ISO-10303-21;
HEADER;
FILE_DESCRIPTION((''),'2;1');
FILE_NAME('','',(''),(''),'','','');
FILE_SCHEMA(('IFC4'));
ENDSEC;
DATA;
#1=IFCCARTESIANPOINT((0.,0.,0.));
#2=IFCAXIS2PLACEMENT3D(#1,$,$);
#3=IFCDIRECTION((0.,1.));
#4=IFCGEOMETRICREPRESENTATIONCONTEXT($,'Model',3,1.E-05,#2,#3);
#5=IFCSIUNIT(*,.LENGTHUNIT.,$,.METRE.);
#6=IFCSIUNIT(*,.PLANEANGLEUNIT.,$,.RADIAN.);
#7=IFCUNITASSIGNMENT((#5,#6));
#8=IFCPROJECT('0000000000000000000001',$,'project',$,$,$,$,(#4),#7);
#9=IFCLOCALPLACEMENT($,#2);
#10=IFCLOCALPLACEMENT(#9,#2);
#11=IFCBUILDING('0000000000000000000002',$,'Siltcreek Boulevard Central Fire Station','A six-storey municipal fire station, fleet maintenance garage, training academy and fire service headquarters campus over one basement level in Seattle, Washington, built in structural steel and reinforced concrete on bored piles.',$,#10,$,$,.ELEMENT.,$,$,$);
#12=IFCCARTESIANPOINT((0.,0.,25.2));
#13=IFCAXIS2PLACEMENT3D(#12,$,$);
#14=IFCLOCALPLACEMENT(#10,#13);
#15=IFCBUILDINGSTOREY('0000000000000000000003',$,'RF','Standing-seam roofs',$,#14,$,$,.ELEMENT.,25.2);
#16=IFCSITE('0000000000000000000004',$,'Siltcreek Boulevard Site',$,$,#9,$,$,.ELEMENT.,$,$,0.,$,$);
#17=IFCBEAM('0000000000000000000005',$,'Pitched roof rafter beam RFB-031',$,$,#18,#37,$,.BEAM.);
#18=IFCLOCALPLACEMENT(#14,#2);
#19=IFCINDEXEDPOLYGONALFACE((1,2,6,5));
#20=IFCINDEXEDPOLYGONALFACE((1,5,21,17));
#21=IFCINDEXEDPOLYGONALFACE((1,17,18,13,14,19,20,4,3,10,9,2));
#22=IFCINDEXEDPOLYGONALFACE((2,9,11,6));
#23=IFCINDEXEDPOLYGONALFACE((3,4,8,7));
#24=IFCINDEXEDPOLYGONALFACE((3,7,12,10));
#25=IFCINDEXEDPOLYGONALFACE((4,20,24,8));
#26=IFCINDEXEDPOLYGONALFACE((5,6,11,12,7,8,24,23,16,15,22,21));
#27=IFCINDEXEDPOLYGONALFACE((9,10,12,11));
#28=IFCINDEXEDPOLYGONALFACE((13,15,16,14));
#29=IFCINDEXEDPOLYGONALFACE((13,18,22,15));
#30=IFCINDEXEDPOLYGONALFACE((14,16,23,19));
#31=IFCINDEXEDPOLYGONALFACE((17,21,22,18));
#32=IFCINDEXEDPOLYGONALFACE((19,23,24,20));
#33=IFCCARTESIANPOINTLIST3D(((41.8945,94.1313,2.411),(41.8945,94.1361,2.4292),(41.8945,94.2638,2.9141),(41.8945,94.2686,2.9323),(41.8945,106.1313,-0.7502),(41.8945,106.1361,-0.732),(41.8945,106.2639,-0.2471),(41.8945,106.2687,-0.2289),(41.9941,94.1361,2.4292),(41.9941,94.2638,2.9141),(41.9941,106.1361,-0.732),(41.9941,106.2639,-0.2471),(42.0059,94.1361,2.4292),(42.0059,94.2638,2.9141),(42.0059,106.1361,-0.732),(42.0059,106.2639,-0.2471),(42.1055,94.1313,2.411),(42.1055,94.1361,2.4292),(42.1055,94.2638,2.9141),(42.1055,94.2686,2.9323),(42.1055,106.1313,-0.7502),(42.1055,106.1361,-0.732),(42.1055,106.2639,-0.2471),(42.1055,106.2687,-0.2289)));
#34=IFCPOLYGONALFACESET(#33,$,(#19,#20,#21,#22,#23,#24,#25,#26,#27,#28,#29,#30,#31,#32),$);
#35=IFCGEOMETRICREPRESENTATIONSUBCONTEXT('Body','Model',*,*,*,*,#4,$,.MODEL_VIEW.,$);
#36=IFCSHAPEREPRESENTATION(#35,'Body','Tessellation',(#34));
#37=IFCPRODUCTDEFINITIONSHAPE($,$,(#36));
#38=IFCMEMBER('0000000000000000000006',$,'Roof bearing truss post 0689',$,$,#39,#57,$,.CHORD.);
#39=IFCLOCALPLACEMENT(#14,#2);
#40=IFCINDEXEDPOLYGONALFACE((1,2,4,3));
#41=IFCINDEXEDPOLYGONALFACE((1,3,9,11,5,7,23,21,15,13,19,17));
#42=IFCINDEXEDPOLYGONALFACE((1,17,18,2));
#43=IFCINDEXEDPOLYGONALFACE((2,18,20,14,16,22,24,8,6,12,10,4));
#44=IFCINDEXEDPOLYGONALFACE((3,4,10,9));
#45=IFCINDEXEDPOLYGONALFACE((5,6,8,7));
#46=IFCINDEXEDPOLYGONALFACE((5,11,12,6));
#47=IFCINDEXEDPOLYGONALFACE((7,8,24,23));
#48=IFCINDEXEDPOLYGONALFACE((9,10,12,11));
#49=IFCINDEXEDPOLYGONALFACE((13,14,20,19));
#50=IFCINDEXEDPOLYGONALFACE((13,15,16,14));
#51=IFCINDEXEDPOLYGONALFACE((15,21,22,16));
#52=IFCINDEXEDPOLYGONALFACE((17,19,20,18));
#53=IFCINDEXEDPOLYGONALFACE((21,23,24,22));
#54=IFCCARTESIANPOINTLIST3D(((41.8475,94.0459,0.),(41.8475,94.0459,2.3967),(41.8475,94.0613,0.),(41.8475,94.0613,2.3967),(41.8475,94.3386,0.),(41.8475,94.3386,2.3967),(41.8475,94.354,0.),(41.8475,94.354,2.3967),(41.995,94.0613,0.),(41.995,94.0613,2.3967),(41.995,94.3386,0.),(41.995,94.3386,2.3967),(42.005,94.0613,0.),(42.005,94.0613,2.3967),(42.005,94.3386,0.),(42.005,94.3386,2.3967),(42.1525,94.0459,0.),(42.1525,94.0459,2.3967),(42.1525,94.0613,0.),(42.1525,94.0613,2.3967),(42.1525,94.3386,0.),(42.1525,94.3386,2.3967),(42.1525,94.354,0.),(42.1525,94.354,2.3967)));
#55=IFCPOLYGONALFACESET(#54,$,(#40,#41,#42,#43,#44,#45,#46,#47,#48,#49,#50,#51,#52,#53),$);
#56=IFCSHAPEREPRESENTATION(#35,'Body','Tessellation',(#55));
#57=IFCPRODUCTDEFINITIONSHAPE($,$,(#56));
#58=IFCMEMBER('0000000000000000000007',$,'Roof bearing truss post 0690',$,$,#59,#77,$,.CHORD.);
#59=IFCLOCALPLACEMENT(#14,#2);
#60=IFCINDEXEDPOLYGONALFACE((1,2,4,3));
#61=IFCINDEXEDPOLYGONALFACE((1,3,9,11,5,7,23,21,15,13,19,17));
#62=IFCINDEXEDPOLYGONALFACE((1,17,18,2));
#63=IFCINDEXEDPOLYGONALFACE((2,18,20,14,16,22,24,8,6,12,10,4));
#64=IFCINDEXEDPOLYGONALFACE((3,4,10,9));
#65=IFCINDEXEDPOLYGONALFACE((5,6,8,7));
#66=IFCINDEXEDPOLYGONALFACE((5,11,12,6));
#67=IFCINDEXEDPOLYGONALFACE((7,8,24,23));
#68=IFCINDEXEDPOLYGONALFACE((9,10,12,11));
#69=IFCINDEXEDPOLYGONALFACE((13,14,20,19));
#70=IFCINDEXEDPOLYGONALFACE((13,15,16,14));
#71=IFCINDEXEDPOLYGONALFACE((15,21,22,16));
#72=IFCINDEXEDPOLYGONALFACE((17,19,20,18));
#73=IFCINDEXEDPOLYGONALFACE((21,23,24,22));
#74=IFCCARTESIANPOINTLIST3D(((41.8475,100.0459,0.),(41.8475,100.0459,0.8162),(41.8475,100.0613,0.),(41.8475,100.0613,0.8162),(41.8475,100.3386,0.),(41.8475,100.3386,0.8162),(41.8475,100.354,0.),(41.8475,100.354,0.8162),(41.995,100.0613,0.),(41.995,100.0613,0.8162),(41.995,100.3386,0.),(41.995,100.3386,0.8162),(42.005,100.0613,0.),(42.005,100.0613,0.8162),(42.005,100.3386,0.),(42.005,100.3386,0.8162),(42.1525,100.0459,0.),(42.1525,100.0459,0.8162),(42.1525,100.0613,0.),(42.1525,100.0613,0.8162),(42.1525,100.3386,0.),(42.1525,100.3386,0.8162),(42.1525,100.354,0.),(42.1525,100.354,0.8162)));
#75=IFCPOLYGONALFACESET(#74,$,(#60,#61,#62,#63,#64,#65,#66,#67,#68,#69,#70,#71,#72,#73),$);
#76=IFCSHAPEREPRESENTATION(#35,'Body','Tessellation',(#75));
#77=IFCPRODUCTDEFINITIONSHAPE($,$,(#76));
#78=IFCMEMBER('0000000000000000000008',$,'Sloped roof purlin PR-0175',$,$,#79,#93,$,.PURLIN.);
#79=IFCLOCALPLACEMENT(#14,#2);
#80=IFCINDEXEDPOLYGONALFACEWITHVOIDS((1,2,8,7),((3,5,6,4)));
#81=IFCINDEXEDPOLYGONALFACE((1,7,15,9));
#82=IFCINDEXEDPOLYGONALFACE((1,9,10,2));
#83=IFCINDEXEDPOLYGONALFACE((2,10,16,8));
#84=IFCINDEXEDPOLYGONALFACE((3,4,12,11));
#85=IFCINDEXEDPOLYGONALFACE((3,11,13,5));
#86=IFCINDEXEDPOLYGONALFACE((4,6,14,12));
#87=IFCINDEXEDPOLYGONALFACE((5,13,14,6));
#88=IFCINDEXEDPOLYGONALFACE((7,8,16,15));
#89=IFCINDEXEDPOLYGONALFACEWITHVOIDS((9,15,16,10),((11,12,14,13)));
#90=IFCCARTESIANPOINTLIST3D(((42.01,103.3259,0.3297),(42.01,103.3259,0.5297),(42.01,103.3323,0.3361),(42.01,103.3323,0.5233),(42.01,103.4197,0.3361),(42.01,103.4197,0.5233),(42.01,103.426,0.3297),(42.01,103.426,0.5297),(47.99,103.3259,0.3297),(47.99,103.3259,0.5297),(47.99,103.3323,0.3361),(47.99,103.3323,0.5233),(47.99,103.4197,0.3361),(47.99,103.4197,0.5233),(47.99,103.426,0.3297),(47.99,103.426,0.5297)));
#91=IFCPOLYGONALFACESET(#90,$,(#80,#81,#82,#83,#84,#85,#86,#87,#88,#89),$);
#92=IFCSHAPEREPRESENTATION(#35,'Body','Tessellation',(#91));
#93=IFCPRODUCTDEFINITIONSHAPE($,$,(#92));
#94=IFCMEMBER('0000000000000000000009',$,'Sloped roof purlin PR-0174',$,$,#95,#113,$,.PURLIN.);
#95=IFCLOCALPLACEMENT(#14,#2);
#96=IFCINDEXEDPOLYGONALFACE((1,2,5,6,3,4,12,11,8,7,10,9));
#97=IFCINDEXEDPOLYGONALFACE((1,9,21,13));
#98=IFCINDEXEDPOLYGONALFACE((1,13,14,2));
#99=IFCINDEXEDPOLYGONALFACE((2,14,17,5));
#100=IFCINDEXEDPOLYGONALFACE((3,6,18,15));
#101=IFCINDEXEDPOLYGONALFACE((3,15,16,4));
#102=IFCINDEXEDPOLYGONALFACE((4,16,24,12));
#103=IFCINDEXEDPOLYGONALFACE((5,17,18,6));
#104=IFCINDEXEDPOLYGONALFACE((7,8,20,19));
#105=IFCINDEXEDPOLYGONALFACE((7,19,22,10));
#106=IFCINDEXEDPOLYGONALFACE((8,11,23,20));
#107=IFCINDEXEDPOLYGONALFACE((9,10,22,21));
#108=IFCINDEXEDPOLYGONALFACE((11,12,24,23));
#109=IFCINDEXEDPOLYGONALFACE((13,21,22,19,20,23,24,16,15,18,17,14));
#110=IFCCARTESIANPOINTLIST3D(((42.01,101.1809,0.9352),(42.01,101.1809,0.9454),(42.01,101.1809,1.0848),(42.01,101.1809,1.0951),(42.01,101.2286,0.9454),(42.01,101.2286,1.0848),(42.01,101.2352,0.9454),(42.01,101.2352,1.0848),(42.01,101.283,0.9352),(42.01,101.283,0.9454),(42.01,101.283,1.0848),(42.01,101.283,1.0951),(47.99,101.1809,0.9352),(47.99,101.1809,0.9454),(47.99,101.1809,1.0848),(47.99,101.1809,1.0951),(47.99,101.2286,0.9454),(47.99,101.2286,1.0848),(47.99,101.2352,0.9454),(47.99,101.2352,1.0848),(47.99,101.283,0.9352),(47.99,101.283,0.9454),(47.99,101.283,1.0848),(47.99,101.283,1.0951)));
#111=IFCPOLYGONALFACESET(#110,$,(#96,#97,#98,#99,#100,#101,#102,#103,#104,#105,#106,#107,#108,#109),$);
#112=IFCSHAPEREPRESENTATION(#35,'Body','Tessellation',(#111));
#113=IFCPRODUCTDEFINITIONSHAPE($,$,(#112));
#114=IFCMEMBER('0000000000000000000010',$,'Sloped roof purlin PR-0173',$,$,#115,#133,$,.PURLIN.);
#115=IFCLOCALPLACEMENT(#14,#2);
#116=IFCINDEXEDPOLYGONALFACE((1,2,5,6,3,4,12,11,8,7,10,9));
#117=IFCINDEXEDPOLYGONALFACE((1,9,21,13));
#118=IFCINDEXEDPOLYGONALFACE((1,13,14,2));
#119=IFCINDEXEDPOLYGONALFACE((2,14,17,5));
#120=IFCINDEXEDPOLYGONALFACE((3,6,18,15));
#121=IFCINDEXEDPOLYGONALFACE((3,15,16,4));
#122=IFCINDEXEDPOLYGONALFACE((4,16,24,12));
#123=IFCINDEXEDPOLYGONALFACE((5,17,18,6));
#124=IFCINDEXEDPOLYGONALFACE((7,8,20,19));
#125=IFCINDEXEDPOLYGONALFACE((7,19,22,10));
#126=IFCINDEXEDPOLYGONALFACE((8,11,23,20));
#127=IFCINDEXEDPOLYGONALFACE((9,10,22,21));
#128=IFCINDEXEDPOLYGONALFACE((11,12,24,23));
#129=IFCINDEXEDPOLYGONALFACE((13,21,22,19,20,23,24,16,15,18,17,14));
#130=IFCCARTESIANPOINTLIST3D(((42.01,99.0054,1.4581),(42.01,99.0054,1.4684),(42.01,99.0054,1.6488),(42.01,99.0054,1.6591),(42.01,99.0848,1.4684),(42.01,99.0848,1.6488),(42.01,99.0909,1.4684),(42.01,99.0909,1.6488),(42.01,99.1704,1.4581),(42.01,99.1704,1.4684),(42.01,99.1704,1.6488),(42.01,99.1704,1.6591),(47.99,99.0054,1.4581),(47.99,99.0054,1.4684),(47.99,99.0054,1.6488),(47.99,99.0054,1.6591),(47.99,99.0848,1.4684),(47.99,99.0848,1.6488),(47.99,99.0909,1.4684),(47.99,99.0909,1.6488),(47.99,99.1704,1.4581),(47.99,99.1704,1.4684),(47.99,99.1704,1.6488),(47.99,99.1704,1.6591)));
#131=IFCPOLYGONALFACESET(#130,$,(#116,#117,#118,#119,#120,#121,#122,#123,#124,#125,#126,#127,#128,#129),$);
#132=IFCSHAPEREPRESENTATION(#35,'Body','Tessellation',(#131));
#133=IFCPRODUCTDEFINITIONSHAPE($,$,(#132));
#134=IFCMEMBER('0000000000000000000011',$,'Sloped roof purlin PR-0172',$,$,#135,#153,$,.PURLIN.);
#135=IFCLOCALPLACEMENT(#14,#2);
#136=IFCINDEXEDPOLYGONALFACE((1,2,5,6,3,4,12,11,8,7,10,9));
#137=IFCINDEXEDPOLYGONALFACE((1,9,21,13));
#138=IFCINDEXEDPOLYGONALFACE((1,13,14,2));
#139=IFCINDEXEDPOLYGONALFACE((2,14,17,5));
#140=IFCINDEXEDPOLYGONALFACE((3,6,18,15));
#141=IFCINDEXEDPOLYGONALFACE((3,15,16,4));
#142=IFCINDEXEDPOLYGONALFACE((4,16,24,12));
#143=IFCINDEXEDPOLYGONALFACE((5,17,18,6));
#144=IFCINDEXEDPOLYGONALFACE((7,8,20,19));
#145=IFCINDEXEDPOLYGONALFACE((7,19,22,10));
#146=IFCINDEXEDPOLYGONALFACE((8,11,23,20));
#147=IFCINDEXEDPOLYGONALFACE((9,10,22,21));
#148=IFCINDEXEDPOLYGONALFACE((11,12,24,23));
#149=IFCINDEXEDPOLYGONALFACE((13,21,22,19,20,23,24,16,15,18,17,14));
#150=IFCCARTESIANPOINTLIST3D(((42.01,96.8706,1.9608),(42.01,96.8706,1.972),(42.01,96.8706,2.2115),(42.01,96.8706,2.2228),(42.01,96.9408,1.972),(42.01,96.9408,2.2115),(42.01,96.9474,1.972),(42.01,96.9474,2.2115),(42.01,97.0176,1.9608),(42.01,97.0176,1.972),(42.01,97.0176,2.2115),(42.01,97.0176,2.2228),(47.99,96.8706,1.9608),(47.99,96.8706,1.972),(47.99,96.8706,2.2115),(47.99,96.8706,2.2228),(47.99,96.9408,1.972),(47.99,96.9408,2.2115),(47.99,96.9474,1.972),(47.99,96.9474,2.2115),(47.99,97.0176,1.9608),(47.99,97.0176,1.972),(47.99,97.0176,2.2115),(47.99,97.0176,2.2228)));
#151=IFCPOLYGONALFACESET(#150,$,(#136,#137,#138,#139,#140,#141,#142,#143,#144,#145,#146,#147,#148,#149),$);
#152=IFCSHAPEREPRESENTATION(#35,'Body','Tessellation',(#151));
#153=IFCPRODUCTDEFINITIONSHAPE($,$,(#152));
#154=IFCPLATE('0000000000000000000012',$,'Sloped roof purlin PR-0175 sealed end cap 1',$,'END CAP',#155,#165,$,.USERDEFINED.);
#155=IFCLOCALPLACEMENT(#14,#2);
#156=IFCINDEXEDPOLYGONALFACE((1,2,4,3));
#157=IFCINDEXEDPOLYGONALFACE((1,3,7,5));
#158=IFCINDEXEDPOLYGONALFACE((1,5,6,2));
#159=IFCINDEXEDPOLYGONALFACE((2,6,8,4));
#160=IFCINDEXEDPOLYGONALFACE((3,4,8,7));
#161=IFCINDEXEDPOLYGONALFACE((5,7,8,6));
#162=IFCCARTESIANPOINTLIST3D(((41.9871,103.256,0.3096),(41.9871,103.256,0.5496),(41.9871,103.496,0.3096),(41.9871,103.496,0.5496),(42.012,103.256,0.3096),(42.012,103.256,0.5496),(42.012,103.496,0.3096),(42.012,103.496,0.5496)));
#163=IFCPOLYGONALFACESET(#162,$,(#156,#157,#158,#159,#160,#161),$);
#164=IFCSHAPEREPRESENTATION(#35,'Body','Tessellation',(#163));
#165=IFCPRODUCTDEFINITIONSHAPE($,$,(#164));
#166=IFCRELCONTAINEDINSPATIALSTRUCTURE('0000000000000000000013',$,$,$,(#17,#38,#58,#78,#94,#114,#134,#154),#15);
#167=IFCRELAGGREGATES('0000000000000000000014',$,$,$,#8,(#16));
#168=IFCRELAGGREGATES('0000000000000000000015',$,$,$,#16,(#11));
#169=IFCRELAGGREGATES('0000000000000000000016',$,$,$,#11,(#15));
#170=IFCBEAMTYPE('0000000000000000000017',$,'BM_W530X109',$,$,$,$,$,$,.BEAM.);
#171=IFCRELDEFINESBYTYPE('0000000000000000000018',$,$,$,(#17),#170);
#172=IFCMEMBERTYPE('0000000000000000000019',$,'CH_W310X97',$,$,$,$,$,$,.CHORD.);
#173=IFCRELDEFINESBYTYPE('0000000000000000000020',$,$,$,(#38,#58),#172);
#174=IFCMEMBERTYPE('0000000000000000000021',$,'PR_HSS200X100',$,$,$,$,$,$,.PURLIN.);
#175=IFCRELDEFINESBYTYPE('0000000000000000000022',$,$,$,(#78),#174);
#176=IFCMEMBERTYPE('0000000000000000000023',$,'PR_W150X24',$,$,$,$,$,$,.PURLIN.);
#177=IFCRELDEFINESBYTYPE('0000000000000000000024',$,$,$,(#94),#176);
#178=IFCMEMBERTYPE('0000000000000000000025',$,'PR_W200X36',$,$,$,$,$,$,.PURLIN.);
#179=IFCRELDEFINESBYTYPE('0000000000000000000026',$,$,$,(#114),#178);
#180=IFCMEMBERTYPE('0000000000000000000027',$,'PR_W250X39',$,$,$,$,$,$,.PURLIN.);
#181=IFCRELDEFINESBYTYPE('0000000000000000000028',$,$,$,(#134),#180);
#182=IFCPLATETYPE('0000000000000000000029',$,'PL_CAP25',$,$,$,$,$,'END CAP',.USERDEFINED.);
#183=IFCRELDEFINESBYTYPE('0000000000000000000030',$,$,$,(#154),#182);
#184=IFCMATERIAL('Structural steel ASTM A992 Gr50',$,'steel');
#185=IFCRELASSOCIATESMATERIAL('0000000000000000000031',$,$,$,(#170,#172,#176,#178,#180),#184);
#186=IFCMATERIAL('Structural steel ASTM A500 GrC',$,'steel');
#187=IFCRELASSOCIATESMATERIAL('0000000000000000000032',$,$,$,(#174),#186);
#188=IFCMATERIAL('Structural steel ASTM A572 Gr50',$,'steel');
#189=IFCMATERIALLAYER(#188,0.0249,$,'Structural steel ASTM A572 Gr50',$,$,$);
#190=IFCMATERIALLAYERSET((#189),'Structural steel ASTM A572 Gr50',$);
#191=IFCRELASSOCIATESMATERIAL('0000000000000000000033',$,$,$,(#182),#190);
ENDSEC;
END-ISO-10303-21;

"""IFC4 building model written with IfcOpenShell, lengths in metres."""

from ifc_helpers import new_model, si_unit, direction, frame, origin, origin_2d, place, context, subcontext, project, spatial, rectangle, hollow_rectangle, i_section, extrude, material, layer, layer_set, material_profile, profile_set, type_object, element, save


model = new_model("IFC4")

# Units and contexts
model_context = context("Model", 3, precision=1e-05, world=origin(), true_north=direction((0.0, 1.0)))
body_context = subcontext(model_context, "Body", "Model", "MODEL_VIEW")
ifc_project = project(units=[si_unit("LENGTHUNIT", "METRE"), si_unit("PLANEANGLEUNIT", "RADIAN")], contexts=[model_context])

# Site, building, storey
site_placement = place(None, origin())
site = spatial("IfcSite", under=ifc_project, at=site_placement, Name="Siltcreek Boulevard Site", CompositionType="ELEMENT", RefElevation=0.0)
building_placement = place(site_placement, origin())
building = spatial("IfcBuilding", under=site, at=building_placement, Name="Siltcreek Boulevard Central Fire Station", Description="A six-storey municipal fire station, fleet maintenance garage, training academy and fire service headquarters campus over one basement level in Seattle, Washington, built in structural steel and reinforced concrete on bored piles.", CompositionType="ELEMENT")
storey_placement = place(building_placement, frame((0.0, 0.0, 25.2)))
storey = spatial("IfcBuildingStorey", under=building, at=storey_placement, Name="RF", Description="Standing-seam roofs", CompositionType="ELEMENT", Elevation=25.2)

# Beam
ifc_material_1 = material(Name="Structural steel ASTM A992 Gr50", Category="steel")
ifc_material_profile_1 = material_profile(ifc_material_1, i_section(OverallWidth=0.2109, OverallDepth=0.5391, WebThickness=0.0117, FlangeThickness=0.0188, at=origin_2d()), Name="W530X109")
ifc_profile_set_1 = profile_set([ifc_material_profile_1], Name="Structural steel ASTM A992 Gr50")
beam_type = type_object("IfcBeamType", Name="BM_W530X109", PredefinedType="BEAM", material=ifc_profile_set_1)
beam_placement = place(storey_placement, frame((42.0, 94.2, 2.6716), z_axis=(0.0, 0.96701, -0.254737), x_axis=(-1.0, 0.0, 0.0)))
element("IfcBeam", 1, at=beam_placement, inside=storey, type_object=beam_type, Name="Pitched roof rafter beam RFB-031", PredefinedType="BEAM", context=body_context, shape_type="SweptSolid", body=[
    extrude(i_section(OverallWidth=0.2109, OverallDepth=0.5391, WebThickness=0.0117, FlangeThickness=0.0188, at=origin_2d()), origin(), (0.0, 0.0, 1.0), 12.4094),
])

# Members
ifc_material_profile_2 = material_profile(ifc_material_1, i_section(OverallWidth=0.3049, OverallDepth=0.3081, WebThickness=0.01, FlangeThickness=0.0154, at=origin_2d()), Name="W310X97")
ifc_profile_set_2 = profile_set([ifc_material_profile_2], Name="Structural steel ASTM A992 Gr50")
member_type_1 = type_object("IfcMemberType", Name="CH_W310X97", PredefinedType="CHORD", material=ifc_profile_set_2)
member_1_placement = place(storey_placement, frame((42.0, 94.2, 0.0), z_axis=(0.0, 0.0, 1.0), x_axis=(1.0, 0.0, 0.0)))
element("IfcMember", 2, at=member_1_placement, inside=storey, type_object=member_type_1, Name="Roof bearing truss post 0689", PredefinedType="CHORD", context=body_context, shape_type="SweptSolid", body=[
    extrude(i_section(OverallWidth=0.3049, OverallDepth=0.3081, WebThickness=0.01, FlangeThickness=0.0154, at=origin_2d()), origin(), (0.0, 0.0, 1.0), 2.3967),
])
member_2_placement = place(storey_placement, frame((42.0, 100.2, 0.0), z_axis=(0.0, 0.0, 1.0), x_axis=(1.0, 0.0, 0.0)))
element("IfcMember", 3, at=member_2_placement, inside=storey, type_object=member_type_1, Name="Roof bearing truss post 0690", PredefinedType="CHORD", context=body_context, shape_type="SweptSolid", body=[
    extrude(i_section(OverallWidth=0.3049, OverallDepth=0.3081, WebThickness=0.01, FlangeThickness=0.0154, at=origin_2d()), origin(), (0.0, 0.0, 1.0), 0.8162),
])
ifc_material_2 = material(Name="Structural steel ASTM A500 GrC", Category="steel")
ifc_material_profile_3 = material_profile(ifc_material_2, hollow_rectangle(XDim=0.1001, YDim=0.2, WallThickness=0.0063, at=origin_2d()), Name="HSS200X100X6.4")
ifc_profile_set_3 = profile_set([ifc_material_profile_3], Name="Structural steel ASTM A500 GrC")
member_type_2 = type_object("IfcMemberType", Name="PR_HSS200X100", PredefinedType="PURLIN", material=ifc_profile_set_3)
member_3_placement = place(storey_placement, frame((42.01, 103.376, 0.4297), z_axis=(1.0, 0.0, 0.0), x_axis=(0.0, 1.0, 0.0)))
element("IfcMember", 4, at=member_3_placement, inside=storey, type_object=member_type_2, Name="Sloped roof purlin PR-0175", PredefinedType="PURLIN", context=body_context, shape_type="SweptSolid", body=[
    extrude(hollow_rectangle(XDim=0.1001, YDim=0.2, WallThickness=0.0063, at=origin_2d()), origin(), (0.0, 0.0, 1.0), 5.98),
])
ifc_material_profile_4 = material_profile(ifc_material_1, i_section(OverallWidth=0.1021, OverallDepth=0.1599, WebThickness=0.0066, FlangeThickness=0.0103, at=origin_2d()), Name="W150X24")
ifc_profile_set_4 = profile_set([ifc_material_profile_4], Name="Structural steel ASTM A992 Gr50")
member_type_3 = type_object("IfcMemberType", Name="PR_W150X24", PredefinedType="PURLIN", material=ifc_profile_set_4)
member_4_placement = place(storey_placement, frame((42.01, 101.2319, 1.0151), z_axis=(1.0, 0.0, 0.0), x_axis=(0.0, 1.0, 0.0)))
element("IfcMember", 5, at=member_4_placement, inside=storey, type_object=member_type_3, Name="Sloped roof purlin PR-0174", PredefinedType="PURLIN", context=body_context, shape_type="SweptSolid", body=[
    extrude(i_section(OverallWidth=0.1021, OverallDepth=0.1599, WebThickness=0.0066, FlangeThickness=0.0103, at=origin_2d()), origin(), (0.0, 0.0, 1.0), 5.98),
])
ifc_material_profile_5 = material_profile(ifc_material_1, i_section(OverallWidth=0.165, OverallDepth=0.2009, WebThickness=0.0061, FlangeThickness=0.0103, at=origin_2d()), Name="W200X36")
ifc_profile_set_5 = profile_set([ifc_material_profile_5], Name="Structural steel ASTM A992 Gr50")
member_type_4 = type_object("IfcMemberType", Name="PR_W200X36", PredefinedType="PURLIN", material=ifc_profile_set_5)
member_5_placement = place(storey_placement, frame((42.01, 99.0879, 1.5586), z_axis=(1.0, 0.0, 0.0), x_axis=(0.0, 1.0, 0.0)))
element("IfcMember", 6, at=member_5_placement, inside=storey, type_object=member_type_4, Name="Sloped roof purlin PR-0173", PredefinedType="PURLIN", context=body_context, shape_type="SweptSolid", body=[
    extrude(i_section(OverallWidth=0.165, OverallDepth=0.2009, WebThickness=0.0061, FlangeThickness=0.0103, at=origin_2d()), origin(), (0.0, 0.0, 1.0), 5.98),
])
ifc_material_profile_6 = material_profile(ifc_material_1, i_section(OverallWidth=0.147, OverallDepth=0.262, WebThickness=0.0066, FlangeThickness=0.0112, at=origin_2d()), Name="W250X39")
ifc_profile_set_6 = profile_set([ifc_material_profile_6], Name="Structural steel ASTM A992 Gr50")
member_type_5 = type_object("IfcMemberType", Name="PR_W250X39", PredefinedType="PURLIN", material=ifc_profile_set_6)
member_6_placement = place(storey_placement, frame((42.01, 96.9441, 2.0918), z_axis=(1.0, 0.0, 0.0), x_axis=(0.0, 1.0, 0.0)))
element("IfcMember", 7, at=member_6_placement, inside=storey, type_object=member_type_5, Name="Sloped roof purlin PR-0172", PredefinedType="PURLIN", context=body_context, shape_type="SweptSolid", body=[
    extrude(i_section(OverallWidth=0.147, OverallDepth=0.262, WebThickness=0.0066, FlangeThickness=0.0112, at=origin_2d()), origin(), (0.0, 0.0, 1.0), 5.98),
])

# Plate
ifc_material_3 = material(Name="Structural steel ASTM A572 Gr50", Category="steel")
ifc_layer_1 = layer(ifc_material_3, 0.0249, Name="Structural steel ASTM A572 Gr50")
ifc_layer_set_1 = layer_set([ifc_layer_1], Name="Structural steel ASTM A572 Gr50")
plate_type = type_object("IfcPlateType", Name="PL_CAP25", ElementType="END CAP", PredefinedType="USERDEFINED", material=ifc_layer_set_1)
plate_placement = place(storey_placement, frame((41.9995, 103.376, 0.3096), z_axis=(0.0, 0.0, 1.0), x_axis=(1.0, 0.0, 0.0)))
element("IfcPlate", 8, at=plate_placement, inside=storey, type_object=plate_type, Name="Sloped roof purlin PR-0175 sealed end cap 1", ObjectType="END CAP", PredefinedType="USERDEFINED", context=body_context, shape_type="SweptSolid", body=[
    extrude(rectangle(XDim=0.0249, YDim=0.24, at=origin_2d()), origin(), (0.0, 0.0, 1.0), 0.24),
])

save(model, "model.ifc")
